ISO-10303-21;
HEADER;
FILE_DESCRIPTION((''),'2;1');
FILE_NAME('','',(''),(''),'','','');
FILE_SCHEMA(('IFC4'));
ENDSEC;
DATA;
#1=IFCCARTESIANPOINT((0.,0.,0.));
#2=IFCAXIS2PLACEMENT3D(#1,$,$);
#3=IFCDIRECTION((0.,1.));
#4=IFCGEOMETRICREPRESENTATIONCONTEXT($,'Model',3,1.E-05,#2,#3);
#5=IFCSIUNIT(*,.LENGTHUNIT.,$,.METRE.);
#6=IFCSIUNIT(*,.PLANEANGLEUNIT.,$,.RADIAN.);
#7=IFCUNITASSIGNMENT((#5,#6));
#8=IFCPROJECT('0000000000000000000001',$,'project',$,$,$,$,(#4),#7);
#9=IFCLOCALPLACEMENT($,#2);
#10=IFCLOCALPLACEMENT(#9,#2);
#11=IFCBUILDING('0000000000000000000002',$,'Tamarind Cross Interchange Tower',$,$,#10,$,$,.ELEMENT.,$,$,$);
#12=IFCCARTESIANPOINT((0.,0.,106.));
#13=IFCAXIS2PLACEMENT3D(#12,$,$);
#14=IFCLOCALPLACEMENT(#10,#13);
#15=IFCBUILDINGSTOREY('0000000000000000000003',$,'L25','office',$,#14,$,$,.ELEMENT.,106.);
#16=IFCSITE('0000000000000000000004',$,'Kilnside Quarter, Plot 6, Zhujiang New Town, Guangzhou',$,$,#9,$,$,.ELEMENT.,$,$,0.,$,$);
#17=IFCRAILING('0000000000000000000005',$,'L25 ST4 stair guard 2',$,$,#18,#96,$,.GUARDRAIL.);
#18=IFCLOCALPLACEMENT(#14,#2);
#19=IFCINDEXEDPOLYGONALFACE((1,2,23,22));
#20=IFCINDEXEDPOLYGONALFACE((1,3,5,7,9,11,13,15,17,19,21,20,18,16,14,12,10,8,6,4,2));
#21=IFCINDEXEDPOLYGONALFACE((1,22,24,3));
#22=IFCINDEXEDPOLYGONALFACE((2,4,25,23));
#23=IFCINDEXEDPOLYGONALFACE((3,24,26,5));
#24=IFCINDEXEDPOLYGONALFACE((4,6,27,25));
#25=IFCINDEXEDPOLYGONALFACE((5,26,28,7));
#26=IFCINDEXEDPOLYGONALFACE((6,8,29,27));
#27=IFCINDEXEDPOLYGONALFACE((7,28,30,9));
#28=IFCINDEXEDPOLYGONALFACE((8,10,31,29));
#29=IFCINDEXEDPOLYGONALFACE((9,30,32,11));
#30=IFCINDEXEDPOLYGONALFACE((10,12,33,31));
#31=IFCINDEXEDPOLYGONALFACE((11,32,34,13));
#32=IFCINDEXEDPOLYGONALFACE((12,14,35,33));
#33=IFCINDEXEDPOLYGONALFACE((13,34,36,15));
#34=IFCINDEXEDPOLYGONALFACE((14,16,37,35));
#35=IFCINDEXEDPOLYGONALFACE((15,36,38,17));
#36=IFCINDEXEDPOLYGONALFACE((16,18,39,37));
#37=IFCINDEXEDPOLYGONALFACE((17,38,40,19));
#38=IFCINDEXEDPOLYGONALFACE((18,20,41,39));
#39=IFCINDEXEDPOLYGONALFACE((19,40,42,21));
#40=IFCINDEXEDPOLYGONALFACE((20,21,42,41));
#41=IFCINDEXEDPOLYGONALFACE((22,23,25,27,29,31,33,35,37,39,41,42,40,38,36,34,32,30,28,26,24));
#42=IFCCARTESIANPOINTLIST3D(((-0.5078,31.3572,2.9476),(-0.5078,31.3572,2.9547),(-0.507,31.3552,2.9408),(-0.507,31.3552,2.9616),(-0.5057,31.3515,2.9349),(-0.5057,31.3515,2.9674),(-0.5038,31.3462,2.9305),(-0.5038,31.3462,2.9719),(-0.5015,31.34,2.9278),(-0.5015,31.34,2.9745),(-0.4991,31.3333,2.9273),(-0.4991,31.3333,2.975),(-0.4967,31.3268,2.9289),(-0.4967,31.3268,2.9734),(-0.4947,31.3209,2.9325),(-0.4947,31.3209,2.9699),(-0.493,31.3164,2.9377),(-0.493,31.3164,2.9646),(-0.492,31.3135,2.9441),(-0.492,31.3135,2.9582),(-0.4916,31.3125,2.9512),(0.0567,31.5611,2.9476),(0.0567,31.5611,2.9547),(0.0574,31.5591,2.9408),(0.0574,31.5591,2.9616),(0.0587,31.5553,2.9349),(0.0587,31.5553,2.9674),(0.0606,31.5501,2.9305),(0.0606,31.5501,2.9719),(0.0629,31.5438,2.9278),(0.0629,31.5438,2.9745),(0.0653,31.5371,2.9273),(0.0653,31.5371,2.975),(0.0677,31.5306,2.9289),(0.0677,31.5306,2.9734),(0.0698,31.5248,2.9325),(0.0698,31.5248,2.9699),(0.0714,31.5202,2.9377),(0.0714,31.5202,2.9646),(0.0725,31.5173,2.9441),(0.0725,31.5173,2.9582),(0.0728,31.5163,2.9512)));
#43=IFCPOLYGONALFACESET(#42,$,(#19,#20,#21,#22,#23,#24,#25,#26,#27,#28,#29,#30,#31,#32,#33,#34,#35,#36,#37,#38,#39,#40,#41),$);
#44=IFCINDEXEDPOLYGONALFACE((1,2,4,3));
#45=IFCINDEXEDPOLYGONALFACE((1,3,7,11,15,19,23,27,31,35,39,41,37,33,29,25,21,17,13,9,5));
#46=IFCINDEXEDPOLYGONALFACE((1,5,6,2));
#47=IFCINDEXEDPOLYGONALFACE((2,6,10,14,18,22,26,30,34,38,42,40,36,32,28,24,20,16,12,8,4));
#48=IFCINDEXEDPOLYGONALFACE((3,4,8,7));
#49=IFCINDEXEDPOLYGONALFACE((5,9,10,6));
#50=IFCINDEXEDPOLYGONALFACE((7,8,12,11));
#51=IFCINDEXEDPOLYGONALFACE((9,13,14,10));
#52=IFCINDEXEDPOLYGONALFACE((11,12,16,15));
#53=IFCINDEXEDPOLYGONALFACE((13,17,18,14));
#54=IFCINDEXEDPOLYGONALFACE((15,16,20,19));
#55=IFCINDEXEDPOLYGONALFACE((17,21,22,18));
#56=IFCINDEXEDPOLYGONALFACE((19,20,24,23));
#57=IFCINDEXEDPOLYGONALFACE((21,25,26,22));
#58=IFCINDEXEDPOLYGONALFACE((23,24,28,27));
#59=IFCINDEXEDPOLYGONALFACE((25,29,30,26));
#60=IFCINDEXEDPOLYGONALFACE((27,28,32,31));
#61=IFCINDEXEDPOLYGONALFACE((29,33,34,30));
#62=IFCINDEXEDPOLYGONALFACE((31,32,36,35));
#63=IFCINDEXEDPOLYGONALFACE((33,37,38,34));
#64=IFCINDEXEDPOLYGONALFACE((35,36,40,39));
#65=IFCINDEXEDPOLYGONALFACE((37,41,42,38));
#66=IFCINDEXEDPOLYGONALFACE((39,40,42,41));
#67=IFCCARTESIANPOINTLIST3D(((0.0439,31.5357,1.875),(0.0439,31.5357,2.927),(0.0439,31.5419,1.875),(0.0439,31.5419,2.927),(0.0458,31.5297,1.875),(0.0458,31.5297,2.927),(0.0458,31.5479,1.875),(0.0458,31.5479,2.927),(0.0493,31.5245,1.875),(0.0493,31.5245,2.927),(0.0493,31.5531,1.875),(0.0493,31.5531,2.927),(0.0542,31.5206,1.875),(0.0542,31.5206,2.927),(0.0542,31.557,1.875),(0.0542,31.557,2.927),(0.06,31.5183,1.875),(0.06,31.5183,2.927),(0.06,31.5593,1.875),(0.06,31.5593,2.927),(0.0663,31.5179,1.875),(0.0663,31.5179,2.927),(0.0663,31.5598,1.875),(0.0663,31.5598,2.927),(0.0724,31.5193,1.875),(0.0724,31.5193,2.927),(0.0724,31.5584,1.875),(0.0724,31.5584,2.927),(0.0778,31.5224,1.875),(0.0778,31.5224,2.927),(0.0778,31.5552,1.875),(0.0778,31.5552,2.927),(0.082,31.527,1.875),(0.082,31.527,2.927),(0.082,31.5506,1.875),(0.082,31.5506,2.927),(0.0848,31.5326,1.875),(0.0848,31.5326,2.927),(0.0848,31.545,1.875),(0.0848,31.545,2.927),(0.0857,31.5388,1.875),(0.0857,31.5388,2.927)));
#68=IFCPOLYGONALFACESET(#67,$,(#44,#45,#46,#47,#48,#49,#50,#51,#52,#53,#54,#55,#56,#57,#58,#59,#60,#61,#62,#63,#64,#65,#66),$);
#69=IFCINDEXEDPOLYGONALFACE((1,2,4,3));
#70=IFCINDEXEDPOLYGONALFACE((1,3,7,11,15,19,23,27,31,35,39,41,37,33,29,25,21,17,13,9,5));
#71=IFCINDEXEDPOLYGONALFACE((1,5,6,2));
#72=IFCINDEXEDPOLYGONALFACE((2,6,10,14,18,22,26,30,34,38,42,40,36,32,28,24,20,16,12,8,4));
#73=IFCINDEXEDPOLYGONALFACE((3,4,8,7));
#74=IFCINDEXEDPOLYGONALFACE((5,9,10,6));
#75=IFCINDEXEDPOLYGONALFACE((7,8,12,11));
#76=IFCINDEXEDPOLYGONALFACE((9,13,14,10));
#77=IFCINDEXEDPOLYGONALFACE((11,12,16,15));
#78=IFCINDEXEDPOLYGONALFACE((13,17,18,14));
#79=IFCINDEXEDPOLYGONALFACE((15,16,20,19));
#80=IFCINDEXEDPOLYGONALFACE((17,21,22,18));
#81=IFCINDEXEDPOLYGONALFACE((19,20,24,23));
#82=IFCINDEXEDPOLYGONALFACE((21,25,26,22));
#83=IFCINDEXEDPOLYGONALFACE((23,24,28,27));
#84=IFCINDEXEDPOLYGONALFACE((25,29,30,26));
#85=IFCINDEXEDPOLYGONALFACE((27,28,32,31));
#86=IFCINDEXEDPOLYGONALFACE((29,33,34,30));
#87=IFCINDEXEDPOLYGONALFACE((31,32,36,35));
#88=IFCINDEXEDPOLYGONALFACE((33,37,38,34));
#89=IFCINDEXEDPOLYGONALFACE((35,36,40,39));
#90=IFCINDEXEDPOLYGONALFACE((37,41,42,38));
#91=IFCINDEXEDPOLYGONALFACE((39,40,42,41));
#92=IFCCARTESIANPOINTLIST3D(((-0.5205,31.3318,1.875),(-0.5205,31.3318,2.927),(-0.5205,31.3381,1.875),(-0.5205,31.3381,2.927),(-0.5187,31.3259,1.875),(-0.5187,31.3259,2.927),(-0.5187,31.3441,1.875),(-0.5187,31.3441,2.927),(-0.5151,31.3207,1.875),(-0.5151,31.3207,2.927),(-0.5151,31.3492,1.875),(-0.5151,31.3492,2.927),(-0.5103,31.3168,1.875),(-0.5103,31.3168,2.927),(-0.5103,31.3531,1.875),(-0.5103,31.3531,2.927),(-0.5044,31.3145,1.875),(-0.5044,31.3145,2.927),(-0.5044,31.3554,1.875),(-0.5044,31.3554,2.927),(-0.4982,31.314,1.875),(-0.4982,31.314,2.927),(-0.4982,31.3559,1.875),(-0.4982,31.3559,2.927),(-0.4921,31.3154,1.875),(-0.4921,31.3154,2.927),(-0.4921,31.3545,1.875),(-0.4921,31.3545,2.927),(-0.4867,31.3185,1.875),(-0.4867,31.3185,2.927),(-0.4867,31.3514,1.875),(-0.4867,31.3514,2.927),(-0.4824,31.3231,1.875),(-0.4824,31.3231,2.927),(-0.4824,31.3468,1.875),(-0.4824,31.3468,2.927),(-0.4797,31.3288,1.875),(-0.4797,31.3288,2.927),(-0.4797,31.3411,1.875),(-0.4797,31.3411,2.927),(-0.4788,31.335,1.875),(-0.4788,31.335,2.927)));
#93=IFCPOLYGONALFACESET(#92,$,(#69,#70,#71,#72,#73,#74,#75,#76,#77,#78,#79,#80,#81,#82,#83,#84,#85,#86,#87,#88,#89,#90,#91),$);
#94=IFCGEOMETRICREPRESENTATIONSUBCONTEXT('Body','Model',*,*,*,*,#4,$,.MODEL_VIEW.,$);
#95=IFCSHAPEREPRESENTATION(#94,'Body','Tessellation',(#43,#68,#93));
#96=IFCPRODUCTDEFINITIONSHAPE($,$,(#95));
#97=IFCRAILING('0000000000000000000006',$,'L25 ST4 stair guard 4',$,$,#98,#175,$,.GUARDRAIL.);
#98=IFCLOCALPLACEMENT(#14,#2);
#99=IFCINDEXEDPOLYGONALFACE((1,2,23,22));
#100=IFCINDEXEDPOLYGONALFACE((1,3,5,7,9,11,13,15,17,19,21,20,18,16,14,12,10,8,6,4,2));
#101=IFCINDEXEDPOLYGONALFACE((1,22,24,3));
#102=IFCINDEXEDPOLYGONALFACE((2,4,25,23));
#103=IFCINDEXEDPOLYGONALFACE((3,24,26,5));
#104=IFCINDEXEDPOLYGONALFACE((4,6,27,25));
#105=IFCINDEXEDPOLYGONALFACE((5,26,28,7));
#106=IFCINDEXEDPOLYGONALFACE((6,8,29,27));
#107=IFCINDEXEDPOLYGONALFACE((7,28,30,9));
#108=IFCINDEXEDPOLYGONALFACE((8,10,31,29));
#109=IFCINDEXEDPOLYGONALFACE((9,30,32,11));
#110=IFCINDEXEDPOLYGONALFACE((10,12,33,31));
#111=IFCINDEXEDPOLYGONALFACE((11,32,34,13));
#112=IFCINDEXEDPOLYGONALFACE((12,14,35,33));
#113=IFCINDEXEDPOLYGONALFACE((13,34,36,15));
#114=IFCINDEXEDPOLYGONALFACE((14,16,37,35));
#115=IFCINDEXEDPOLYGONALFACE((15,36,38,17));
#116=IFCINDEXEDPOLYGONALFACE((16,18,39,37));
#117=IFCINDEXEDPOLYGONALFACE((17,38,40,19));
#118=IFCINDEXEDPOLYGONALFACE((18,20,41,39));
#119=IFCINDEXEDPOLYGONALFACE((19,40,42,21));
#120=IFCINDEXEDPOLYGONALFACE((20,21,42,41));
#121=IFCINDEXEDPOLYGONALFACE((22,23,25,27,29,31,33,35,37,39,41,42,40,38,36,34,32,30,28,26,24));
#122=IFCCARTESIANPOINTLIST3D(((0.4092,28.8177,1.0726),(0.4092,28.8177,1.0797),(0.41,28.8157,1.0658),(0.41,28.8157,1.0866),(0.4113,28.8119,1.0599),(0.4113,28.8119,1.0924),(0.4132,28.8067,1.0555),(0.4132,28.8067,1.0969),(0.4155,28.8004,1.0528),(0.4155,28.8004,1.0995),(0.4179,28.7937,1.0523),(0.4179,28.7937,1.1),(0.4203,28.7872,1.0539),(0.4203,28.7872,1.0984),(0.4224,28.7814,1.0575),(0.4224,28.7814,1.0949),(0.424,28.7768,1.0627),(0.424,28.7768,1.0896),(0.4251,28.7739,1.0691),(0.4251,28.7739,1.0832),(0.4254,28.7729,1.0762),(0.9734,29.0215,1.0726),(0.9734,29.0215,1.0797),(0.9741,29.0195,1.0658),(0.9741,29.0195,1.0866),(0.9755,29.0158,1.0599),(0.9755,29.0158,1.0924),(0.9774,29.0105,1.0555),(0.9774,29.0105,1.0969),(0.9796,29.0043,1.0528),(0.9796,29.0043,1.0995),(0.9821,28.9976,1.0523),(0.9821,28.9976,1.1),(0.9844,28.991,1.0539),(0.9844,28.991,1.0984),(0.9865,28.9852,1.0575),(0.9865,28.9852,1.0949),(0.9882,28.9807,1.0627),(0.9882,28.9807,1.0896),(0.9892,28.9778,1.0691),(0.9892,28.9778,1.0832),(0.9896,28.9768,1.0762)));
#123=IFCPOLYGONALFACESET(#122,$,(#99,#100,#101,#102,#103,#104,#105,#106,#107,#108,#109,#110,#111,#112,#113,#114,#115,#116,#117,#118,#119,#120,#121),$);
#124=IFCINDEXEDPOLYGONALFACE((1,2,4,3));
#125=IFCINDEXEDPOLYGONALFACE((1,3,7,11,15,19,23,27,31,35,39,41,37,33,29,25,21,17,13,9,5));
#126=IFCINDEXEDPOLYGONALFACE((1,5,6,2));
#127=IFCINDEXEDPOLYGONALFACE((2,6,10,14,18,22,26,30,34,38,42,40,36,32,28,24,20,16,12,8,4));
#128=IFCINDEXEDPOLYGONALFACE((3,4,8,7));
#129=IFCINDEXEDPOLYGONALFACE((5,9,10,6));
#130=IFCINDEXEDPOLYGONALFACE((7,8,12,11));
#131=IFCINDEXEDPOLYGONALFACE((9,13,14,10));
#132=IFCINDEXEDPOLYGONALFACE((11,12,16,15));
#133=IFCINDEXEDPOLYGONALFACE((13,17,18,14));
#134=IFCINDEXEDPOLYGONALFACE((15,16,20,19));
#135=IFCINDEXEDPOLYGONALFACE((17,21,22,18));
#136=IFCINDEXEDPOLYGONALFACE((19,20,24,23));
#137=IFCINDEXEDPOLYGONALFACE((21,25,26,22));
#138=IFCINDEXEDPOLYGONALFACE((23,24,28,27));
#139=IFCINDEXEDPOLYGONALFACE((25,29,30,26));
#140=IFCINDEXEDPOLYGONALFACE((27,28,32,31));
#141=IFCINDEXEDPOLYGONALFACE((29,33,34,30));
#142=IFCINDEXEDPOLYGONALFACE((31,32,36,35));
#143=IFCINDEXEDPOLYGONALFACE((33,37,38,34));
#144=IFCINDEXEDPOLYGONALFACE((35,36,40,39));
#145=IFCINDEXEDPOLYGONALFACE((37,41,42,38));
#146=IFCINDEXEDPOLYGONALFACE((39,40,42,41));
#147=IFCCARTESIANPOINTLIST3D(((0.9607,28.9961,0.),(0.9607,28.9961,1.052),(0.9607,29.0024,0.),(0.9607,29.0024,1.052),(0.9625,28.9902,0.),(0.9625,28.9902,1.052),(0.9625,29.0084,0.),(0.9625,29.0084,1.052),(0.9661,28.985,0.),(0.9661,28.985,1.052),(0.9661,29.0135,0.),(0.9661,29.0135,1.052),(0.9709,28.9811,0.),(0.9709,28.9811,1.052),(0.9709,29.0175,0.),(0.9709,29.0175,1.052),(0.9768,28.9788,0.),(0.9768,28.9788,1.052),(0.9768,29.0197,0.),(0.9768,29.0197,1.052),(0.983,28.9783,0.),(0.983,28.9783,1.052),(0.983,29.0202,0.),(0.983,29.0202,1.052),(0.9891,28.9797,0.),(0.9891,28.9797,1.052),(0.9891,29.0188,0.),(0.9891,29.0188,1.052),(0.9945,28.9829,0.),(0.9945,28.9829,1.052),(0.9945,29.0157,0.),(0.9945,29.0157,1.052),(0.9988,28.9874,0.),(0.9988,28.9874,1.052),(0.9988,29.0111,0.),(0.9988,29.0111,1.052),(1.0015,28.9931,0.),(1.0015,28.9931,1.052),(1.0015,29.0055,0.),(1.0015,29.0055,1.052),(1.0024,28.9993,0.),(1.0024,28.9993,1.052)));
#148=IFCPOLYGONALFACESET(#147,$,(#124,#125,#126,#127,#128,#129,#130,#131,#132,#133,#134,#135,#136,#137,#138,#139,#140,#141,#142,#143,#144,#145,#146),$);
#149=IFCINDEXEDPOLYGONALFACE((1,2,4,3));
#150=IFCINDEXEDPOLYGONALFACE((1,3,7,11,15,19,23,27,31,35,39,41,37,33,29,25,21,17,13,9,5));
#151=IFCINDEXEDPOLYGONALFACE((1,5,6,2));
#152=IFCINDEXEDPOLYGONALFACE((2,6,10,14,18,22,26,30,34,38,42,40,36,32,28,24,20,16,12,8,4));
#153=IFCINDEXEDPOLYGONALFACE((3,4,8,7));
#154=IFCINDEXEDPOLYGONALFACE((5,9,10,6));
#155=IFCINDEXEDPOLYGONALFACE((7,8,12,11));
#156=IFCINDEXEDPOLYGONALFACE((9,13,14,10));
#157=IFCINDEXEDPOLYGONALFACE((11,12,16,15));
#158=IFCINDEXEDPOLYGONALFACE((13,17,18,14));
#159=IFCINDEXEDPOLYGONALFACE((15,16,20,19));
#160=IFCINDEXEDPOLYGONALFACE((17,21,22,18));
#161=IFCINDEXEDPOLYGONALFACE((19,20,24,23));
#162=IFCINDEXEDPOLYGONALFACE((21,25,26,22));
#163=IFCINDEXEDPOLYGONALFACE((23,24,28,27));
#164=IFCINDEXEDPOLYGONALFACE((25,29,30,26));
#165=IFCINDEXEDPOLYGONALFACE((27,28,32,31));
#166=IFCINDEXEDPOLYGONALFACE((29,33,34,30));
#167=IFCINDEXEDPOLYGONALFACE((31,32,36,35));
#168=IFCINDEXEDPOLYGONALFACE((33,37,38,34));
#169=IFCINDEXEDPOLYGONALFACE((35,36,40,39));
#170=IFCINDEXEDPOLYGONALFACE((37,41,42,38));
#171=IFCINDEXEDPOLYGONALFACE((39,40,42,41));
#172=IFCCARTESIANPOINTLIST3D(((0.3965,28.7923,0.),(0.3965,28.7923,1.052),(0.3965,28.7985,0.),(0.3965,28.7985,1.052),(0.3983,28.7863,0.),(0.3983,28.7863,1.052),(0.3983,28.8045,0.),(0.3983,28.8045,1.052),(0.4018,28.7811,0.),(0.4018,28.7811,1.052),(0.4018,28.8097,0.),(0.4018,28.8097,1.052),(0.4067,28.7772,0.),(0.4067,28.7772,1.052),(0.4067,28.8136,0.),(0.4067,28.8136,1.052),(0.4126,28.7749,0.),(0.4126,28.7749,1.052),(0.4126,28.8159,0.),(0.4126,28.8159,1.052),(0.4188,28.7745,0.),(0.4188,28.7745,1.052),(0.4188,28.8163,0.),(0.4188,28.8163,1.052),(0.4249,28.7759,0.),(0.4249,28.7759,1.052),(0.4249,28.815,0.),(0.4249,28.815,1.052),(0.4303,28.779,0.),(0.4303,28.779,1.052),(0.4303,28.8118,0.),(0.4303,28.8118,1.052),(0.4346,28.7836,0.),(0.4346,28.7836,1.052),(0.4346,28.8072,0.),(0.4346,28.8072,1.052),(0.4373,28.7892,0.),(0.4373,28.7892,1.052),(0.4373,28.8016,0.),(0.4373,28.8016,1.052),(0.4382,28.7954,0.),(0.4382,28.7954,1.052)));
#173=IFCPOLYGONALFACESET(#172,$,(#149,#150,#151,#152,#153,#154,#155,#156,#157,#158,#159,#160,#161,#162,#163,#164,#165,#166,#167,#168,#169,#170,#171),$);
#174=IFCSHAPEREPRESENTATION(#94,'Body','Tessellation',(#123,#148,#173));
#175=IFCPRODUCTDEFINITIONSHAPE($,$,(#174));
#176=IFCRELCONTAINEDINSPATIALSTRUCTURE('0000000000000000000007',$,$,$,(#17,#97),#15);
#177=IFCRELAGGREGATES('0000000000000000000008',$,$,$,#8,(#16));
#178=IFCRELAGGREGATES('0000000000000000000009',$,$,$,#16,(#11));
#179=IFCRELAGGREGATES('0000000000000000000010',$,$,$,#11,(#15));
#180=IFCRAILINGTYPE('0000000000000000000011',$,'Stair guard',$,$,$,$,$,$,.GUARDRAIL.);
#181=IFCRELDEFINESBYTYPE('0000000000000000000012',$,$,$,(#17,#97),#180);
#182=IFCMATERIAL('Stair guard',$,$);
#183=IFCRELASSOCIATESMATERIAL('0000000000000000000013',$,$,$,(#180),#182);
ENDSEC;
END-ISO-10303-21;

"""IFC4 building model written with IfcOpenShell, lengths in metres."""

from ifc_helpers import new_model, si_unit, direction, frame, origin, origin_2d, place, context, subcontext, project, spatial, circle, extrude, material, type_object, element, save


model = new_model("IFC4")

# Units and contexts
model_context = context("Model", 3, precision=1e-05, world=origin(), true_north=direction((0.0, 1.0)))
body_context = subcontext(model_context, "Body", "Model", "MODEL_VIEW")
ifc_project = project(units=[si_unit("LENGTHUNIT", "METRE"), si_unit("PLANEANGLEUNIT", "RADIAN")], contexts=[model_context])

# Site, building, storey
site_placement = place(None, origin())
site = spatial("IfcSite", under=ifc_project, at=site_placement, Name="Kilnside Quarter, Plot 6, Zhujiang New Town, Guangzhou", CompositionType="ELEMENT", RefElevation=0.0)
building_placement = place(site_placement, origin())
building = spatial("IfcBuilding", under=site, at=building_placement, Name="Tamarind Cross Interchange Tower", CompositionType="ELEMENT")
storey_placement = place(building_placement, frame((0.0, 0.0, 106.0)))
storey = spatial("IfcBuildingStorey", under=building, at=storey_placement, Name="L25", Description="office", CompositionType="ELEMENT", Elevation=106.0)

# Railings
ifc_material_1 = material(Name="Stair guard")
railing_type_1 = type_object("IfcRailingType", Name="Stair guard", PredefinedType="GUARDRAIL", material=ifc_material_1)
railing_1_placement = place(storey_placement, frame((0.0647, 31.5388, 1.875)))
element("IfcRailing", 1, at=railing_1_placement, inside=storey, type_object=railing_type_1, Name="L25 ST4 stair guard 2", PredefinedType="GUARDRAIL", context=body_context, shape_type="SweptSolid", body=[
    extrude(circle(Radius=0.0239, at=origin_2d()), frame((0.0, 0.0, 1.0762), z_axis=(-0.940539, -0.339684, 0.0), x_axis=(0.339684, -0.940539, 0.0)), (0.0, 0.0, 1.0), 0.6001),
    extrude(circle(Radius=0.021, at=origin_2d()), origin(), (0.0, 0.0, 1.0), 1.052),
    extrude(circle(Radius=0.021, at=origin_2d()), frame((-0.5645, -0.2039, 0.0)), (0.0, 0.0, 1.0), 1.052),
])
railing_2_placement = place(storey_placement, frame((0.9814, 28.9993, 0.0)))
element("IfcRailing", 2, at=railing_2_placement, inside=storey, type_object=railing_type_1, Name="L25 ST4 stair guard 4", PredefinedType="GUARDRAIL", context=body_context, shape_type="SweptSolid", body=[
    extrude(circle(Radius=0.0239, at=origin_2d()), frame((0.0, 0.0, 1.0762), z_axis=(-0.940492, -0.339814, 0.0), x_axis=(0.339814, -0.940492, 0.0)), (0.0, 0.0, 1.0), 0.5999),
    extrude(circle(Radius=0.021, at=origin_2d()), origin(), (0.0, 0.0, 1.0), 1.052),
    extrude(circle(Radius=0.021, at=origin_2d()), frame((-0.5642, -0.2039, 0.0)), (0.0, 0.0, 1.0), 1.052),
])

save(model, "model.ifc")
